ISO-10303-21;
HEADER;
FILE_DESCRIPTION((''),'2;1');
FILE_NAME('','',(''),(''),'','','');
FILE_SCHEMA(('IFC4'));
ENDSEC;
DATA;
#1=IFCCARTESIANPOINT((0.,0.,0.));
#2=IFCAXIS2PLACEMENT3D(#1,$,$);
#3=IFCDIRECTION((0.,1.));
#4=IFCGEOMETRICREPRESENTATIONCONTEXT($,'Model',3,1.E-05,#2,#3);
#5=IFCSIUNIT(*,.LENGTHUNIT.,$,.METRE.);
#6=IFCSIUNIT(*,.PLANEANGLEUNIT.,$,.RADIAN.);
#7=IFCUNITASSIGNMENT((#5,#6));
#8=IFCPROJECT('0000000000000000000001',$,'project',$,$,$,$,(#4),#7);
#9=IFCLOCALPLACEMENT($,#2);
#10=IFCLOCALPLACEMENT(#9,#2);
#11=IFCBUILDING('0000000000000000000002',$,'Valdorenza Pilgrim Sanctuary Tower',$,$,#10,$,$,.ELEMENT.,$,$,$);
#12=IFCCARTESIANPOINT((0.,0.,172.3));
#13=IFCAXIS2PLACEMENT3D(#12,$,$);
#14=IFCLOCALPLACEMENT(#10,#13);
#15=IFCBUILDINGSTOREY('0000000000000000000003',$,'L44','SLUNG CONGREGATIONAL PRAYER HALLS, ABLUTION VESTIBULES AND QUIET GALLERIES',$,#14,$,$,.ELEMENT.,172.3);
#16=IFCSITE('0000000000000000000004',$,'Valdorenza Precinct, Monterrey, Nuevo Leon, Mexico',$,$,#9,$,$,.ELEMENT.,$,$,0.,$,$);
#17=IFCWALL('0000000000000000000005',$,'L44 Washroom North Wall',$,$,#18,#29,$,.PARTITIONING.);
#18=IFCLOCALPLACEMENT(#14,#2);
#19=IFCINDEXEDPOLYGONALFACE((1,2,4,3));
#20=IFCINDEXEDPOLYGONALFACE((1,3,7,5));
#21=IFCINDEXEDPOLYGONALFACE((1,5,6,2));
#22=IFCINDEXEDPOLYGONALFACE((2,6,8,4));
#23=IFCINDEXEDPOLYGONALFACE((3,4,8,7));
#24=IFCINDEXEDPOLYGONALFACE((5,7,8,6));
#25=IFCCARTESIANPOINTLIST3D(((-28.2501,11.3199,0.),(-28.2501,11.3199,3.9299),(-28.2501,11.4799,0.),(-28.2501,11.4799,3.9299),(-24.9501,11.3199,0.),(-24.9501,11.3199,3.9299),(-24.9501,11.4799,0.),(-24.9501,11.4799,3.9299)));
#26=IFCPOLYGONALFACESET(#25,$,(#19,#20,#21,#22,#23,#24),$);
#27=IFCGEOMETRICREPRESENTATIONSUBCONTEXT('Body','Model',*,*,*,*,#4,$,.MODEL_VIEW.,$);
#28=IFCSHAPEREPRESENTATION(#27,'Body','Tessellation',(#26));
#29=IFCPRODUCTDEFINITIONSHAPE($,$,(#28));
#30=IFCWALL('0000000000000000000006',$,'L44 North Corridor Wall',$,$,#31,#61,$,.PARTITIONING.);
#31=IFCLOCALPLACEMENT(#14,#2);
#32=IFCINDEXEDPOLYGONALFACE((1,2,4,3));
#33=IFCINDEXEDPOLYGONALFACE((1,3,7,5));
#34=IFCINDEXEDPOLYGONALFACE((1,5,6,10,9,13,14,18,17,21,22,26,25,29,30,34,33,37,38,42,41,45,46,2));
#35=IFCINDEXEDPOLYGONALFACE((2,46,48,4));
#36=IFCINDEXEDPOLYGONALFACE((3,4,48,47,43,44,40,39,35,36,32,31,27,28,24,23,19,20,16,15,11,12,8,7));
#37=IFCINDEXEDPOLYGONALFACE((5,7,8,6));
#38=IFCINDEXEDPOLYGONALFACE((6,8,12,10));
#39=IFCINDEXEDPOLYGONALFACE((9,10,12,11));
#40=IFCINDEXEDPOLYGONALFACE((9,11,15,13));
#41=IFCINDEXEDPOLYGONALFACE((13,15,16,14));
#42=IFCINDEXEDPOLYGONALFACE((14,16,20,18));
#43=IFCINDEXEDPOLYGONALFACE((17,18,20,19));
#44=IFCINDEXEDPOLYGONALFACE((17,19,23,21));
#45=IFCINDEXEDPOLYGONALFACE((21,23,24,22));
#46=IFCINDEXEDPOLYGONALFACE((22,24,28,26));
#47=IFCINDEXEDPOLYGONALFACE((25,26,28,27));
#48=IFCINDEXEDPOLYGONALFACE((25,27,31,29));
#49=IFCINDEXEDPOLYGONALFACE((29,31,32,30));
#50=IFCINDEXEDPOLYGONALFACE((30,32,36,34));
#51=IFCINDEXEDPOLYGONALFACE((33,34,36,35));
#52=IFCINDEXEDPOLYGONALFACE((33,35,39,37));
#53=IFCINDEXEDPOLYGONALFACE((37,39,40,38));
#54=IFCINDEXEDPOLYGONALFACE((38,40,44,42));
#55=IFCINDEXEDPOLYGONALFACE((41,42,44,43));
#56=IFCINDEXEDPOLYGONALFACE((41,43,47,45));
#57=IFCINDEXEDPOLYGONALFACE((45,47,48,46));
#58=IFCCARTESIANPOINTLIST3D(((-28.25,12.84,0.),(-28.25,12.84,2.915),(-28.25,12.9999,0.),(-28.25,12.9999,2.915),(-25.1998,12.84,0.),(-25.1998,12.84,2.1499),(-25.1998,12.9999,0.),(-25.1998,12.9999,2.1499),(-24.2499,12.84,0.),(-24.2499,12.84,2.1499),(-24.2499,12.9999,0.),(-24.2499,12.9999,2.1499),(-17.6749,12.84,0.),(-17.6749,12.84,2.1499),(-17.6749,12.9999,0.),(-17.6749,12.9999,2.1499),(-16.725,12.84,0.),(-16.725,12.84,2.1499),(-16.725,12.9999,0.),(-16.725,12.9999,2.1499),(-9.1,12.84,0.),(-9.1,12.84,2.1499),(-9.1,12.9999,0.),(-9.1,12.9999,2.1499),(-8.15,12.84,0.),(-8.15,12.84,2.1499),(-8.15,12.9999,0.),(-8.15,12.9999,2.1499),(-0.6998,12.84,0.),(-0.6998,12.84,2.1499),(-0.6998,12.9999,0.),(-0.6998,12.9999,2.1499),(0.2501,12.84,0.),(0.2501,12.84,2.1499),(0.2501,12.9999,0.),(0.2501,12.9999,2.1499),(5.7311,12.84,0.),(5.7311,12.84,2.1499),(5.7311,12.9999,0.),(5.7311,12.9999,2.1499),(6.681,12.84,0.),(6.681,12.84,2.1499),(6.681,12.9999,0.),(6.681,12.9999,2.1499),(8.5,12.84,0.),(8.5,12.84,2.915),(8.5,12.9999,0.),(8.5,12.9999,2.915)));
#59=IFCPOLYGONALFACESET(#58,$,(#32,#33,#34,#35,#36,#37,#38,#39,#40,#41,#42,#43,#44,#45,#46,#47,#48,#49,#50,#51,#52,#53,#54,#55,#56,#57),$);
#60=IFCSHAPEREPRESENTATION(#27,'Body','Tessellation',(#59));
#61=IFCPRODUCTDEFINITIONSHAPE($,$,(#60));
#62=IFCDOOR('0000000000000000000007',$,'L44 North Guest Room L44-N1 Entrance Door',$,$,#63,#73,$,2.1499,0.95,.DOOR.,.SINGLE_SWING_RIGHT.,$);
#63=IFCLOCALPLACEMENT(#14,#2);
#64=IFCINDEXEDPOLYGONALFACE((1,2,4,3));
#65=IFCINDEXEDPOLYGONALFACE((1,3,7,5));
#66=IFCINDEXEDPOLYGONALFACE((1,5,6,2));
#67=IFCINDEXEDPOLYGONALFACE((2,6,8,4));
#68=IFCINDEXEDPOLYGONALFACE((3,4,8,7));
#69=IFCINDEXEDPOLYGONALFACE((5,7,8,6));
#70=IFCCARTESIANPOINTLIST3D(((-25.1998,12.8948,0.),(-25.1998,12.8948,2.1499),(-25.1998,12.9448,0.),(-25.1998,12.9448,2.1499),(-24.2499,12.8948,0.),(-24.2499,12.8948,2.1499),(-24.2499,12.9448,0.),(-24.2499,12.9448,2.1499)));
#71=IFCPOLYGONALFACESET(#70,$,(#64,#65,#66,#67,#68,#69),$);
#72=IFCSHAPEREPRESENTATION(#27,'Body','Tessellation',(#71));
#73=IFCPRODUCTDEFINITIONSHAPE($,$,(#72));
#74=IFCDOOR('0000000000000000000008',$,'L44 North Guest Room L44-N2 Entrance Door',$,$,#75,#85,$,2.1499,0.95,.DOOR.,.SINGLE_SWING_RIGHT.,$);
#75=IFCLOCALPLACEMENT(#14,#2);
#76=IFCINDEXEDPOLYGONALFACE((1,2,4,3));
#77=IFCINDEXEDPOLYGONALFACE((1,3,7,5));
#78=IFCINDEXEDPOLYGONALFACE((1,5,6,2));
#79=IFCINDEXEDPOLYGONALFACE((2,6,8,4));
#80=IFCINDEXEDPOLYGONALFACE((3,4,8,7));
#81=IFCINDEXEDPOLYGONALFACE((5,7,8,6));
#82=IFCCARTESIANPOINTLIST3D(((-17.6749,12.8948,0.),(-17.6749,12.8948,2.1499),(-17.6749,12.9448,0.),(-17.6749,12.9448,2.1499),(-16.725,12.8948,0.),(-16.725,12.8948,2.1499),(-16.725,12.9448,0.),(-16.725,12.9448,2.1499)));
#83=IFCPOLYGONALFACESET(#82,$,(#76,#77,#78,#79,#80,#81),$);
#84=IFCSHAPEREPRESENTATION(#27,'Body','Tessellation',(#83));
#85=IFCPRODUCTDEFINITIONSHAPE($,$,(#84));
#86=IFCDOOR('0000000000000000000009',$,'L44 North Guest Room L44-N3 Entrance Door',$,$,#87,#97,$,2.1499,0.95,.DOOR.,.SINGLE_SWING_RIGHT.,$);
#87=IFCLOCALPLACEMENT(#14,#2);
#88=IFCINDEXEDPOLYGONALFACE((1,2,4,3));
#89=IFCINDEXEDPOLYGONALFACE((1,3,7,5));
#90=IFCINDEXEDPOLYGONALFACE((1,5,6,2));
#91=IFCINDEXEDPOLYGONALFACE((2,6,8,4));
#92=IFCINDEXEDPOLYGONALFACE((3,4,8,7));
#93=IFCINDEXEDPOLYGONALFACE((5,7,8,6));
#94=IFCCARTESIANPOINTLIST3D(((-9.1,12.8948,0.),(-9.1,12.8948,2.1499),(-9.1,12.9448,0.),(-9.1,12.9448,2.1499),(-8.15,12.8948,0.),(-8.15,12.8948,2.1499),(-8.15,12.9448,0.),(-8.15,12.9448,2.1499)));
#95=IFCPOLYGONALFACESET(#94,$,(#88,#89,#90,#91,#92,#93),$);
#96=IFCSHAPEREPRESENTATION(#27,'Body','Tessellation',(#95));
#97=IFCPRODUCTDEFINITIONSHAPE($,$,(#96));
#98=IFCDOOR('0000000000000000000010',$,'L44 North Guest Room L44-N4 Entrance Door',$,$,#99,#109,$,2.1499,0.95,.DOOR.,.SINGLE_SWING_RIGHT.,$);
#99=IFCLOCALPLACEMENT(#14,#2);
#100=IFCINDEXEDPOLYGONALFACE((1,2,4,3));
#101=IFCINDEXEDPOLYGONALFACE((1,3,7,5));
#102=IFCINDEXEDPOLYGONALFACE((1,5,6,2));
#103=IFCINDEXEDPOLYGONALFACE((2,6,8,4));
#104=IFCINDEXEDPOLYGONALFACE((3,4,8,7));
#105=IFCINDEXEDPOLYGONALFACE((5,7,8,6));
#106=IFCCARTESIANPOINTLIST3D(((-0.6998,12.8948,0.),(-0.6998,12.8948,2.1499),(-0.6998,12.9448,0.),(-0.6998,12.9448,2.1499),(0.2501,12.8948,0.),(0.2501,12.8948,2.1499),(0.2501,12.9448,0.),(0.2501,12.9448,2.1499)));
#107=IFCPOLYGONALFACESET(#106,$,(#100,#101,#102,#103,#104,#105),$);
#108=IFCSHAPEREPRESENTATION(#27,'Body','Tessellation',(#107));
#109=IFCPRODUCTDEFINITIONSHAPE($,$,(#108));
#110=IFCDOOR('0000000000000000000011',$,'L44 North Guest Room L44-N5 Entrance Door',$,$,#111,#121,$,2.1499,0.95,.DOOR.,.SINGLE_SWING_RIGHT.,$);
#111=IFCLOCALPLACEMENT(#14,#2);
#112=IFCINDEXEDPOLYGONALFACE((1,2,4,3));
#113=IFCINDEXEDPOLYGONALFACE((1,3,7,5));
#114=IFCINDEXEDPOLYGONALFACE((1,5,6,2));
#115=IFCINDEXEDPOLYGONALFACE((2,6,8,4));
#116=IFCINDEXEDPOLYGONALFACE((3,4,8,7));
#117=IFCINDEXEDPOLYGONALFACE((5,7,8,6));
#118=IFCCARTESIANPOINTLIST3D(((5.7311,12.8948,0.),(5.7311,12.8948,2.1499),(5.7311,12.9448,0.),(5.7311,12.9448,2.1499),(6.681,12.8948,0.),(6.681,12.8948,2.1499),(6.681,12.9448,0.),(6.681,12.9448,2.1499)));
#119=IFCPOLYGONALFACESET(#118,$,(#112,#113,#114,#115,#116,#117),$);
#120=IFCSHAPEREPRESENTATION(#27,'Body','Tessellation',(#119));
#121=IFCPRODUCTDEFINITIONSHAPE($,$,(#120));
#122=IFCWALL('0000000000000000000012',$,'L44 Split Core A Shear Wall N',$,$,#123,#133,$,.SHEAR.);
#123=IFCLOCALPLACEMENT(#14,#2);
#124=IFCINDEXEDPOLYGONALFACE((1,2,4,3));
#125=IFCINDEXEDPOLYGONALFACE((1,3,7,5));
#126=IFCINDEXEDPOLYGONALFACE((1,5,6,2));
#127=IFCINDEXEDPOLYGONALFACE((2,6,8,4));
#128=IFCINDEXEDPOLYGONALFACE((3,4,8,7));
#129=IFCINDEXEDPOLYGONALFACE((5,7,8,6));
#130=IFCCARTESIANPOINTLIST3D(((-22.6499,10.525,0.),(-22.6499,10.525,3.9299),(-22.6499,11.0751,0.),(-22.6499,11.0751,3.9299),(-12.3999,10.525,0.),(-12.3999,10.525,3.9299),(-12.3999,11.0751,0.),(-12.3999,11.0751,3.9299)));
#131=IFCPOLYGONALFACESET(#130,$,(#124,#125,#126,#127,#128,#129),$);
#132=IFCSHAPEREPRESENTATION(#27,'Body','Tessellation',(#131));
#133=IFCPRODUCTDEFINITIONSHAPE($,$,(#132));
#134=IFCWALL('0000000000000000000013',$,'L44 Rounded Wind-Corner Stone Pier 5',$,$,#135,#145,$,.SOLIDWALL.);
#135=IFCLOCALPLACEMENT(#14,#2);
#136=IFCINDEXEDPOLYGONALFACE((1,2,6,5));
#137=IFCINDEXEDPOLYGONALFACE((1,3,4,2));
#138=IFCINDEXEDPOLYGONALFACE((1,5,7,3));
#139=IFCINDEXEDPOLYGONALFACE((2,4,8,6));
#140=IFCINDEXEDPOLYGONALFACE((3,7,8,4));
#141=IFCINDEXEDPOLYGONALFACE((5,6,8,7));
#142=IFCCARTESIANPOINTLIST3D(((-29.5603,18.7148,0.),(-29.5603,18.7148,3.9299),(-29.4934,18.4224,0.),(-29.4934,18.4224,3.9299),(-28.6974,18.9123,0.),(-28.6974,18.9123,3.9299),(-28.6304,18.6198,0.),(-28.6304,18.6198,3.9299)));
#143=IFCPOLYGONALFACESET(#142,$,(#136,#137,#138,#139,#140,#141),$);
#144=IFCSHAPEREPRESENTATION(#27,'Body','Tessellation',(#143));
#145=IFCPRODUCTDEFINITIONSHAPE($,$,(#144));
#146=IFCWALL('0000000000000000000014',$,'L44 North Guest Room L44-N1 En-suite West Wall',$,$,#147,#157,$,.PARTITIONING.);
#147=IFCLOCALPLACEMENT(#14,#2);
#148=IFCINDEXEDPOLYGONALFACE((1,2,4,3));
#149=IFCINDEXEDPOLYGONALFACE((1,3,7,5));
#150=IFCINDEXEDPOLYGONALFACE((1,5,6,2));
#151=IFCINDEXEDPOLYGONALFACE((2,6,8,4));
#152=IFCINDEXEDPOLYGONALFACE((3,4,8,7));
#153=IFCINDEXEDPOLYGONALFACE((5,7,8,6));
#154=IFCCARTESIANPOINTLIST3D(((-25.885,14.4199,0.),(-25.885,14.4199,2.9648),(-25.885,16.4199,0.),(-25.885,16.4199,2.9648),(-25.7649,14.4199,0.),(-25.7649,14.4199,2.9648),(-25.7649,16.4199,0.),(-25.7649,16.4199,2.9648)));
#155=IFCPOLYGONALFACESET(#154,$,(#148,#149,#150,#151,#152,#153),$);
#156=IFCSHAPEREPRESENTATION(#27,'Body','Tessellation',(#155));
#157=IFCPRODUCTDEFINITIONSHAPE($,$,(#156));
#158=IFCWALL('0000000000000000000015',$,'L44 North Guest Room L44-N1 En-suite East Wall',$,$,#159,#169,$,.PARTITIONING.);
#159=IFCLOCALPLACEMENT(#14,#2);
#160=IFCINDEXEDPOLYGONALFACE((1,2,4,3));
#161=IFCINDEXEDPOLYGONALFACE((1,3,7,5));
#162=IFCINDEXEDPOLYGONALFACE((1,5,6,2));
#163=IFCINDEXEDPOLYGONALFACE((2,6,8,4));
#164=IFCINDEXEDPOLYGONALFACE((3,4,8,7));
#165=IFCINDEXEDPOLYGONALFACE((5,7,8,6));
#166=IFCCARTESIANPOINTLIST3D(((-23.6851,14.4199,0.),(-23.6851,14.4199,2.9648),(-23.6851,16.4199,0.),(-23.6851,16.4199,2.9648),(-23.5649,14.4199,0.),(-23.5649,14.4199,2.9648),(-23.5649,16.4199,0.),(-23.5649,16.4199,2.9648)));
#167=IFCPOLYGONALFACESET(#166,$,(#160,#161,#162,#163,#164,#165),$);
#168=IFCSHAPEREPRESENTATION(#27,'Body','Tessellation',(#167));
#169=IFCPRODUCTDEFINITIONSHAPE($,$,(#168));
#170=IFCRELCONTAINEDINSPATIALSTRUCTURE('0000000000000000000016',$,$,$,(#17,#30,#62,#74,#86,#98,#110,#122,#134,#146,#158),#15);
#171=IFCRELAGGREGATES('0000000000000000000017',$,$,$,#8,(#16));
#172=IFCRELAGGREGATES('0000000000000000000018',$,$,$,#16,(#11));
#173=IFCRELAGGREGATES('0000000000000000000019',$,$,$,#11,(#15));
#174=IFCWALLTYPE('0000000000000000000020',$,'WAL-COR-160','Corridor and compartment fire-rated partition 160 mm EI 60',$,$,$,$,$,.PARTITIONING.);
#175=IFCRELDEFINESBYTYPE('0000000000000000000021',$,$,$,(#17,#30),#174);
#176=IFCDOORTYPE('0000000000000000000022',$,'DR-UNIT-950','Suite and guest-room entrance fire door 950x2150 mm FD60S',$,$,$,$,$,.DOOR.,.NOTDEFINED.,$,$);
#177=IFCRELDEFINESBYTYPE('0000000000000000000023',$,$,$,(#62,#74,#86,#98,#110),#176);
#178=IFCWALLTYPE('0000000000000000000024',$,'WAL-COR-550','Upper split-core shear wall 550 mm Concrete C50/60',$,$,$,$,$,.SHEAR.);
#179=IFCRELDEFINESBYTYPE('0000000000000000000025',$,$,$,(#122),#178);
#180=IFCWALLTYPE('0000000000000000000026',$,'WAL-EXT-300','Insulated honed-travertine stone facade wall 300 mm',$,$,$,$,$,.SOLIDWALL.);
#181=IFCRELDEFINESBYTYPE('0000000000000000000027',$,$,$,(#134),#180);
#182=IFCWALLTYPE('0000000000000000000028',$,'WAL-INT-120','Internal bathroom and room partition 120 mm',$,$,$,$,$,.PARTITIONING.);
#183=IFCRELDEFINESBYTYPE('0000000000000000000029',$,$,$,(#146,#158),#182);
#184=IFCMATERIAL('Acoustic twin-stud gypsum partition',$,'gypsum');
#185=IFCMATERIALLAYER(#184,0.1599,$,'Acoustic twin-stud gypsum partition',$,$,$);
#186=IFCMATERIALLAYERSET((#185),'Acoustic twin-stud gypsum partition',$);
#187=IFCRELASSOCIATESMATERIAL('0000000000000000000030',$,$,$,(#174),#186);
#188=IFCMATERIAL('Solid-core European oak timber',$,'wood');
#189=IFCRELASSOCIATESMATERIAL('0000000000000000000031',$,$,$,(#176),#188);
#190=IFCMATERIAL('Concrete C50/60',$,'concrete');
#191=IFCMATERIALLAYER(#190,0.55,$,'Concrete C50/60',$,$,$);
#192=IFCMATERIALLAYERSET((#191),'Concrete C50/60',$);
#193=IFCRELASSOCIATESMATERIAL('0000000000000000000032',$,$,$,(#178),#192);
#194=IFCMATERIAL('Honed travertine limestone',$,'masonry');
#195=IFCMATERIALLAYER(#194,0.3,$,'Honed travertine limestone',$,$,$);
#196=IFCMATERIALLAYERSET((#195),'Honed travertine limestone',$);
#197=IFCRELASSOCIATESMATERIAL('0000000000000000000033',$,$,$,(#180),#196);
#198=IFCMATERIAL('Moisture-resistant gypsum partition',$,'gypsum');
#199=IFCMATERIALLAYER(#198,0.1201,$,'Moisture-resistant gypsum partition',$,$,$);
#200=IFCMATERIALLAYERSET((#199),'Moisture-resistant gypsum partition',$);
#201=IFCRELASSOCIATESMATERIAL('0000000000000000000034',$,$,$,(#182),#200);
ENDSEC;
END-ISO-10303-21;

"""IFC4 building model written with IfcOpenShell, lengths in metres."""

from ifc_helpers import new_model, si_unit, direction, frame, frame_2d, origin, place, context, subcontext, project, spatial, rectangle, extrude, material, layer, layer_set, type_object, element, fill, save


model = new_model("IFC4")

# Units and contexts
model_context = context("Model", 3, precision=1e-05, world=origin(), true_north=direction((0.0, 1.0)))
body_context = subcontext(model_context, "Body", "Model", "MODEL_VIEW")
ifc_project = project(units=[si_unit("LENGTHUNIT", "METRE"), si_unit("PLANEANGLEUNIT", "RADIAN")], contexts=[model_context])

# Site, building, storey
site_placement = place(None, origin())
site = spatial("IfcSite", under=ifc_project, at=site_placement, Name="Valdorenza Precinct, Monterrey, Nuevo Leon, Mexico", CompositionType="ELEMENT", RefElevation=0.0)
building_placement = place(site_placement, origin())
building = spatial("IfcBuilding", under=site, at=building_placement, Name="Valdorenza Pilgrim Sanctuary Tower", CompositionType="ELEMENT")
storey_placement = place(building_placement, frame((0.0, 0.0, 172.3)))
storey = spatial("IfcBuildingStorey", under=building, at=storey_placement, Name="L44", Description="SLUNG CONGREGATIONAL PRAYER HALLS, ABLUTION VESTIBULES AND QUIET GALLERIES", CompositionType="ELEMENT", Elevation=172.3)

# Shared definitions
ifc_material_1 = material(Name="Concrete C50/60", Category="concrete")

# Shared definitions
ifc_material_2 = material(Name="Honed travertine limestone", Category="masonry")

# Wall
ifc_material_3 = material(Name="Acoustic twin-stud gypsum partition", Category="gypsum")
ifc_layer_1 = layer(ifc_material_3, 0.1599, Name="Acoustic twin-stud gypsum partition")
ifc_layer_set_1 = layer_set([ifc_layer_1], Name="Acoustic twin-stud gypsum partition")
wall_type_1 = type_object("IfcWallType", Name="WAL-COR-160", Description="Corridor and compartment fire-rated partition 160 mm EI 60", PredefinedType="PARTITIONING", material=ifc_layer_set_1)
wall_1_placement = place(storey_placement, frame((-28.25, 11.3999, 0.0), z_axis=(0.0, 0.0, 1.0), x_axis=(1.0, 0.0, 0.0)))
element("IfcWall", 1, at=wall_1_placement, inside=storey, type_object=wall_type_1, Name="L44 Washroom North Wall", PredefinedType="PARTITIONING", context=body_context, shape_type="SweptSolid", body=[
    extrude(rectangle(XDim=3.3, YDim=0.1599, at=frame_2d((1.6499, 0.0))), origin(), (0.0, 0.0, 1.0), 3.9299),
])

# Wall, openings, doors
wall_2_placement = place(storey_placement, frame((-28.25, 12.9199, 0.0), z_axis=(0.0, 0.0, 1.0), x_axis=(1.0, 0.0, 0.0)))
wall_2 = element("IfcWall", 2, at=wall_2_placement, inside=storey, type_object=wall_type_1, Name="L44 North Corridor Wall", PredefinedType="PARTITIONING", context=body_context, shape_type="SweptSolid", body=[
    extrude(rectangle(XDim=36.75, YDim=0.1599, at=frame_2d((18.375, 0.0))), origin(), (0.0, 0.0, 1.0), 2.915),
])
opening_1_placement = place(wall_2_placement, frame((3.05, 0.0, 0.0)))
opening_1 = element("IfcOpeningElement", 3, at=opening_1_placement, cuts=wall_2, PredefinedType="OPENING", context=body_context, shape_type="SweptSolid", body=[
    extrude(rectangle(XDim=0.95, YDim=2.1499, at=frame_2d((0.4751, 1.075))), frame((0.0, 0.0947, 0.0), z_axis=(0.0, -1.0, 0.0), x_axis=(1.0, 0.0, 0.0)), (0.0, 0.0, 1.0), 0.1897),
])
opening_2_placement = place(wall_2_placement, frame((10.575, 0.0, 0.0)))
opening_2 = element("IfcOpeningElement", 4, at=opening_2_placement, cuts=wall_2, PredefinedType="OPENING", context=body_context, shape_type="SweptSolid", body=[
    extrude(rectangle(XDim=0.95, YDim=2.1499, at=frame_2d((0.4751, 1.075))), frame((0.0, 0.0947, 0.0), z_axis=(0.0, -1.0, 0.0), x_axis=(1.0, 0.0, 0.0)), (0.0, 0.0, 1.0), 0.1897),
])
opening_3_placement = place(wall_2_placement, frame((19.1499, 0.0, 0.0)))
opening_3 = element("IfcOpeningElement", 5, at=opening_3_placement, cuts=wall_2, PredefinedType="OPENING", context=body_context, shape_type="SweptSolid", body=[
    extrude(rectangle(XDim=0.95, YDim=2.1499, at=frame_2d((0.4751, 1.075))), frame((0.0, 0.0947, 0.0), z_axis=(0.0, -1.0, 0.0), x_axis=(1.0, 0.0, 0.0)), (0.0, 0.0, 1.0), 0.1897),
])
opening_4_placement = place(wall_2_placement, frame((27.55, 0.0, 0.0)))
opening_4 = element("IfcOpeningElement", 6, at=opening_4_placement, cuts=wall_2, PredefinedType="OPENING", context=body_context, shape_type="SweptSolid", body=[
    extrude(rectangle(XDim=0.95, YDim=2.1499, at=frame_2d((0.4751, 1.075))), frame((0.0, 0.0947, 0.0), z_axis=(0.0, -1.0, 0.0), x_axis=(1.0, 0.0, 0.0)), (0.0, 0.0, 1.0), 0.1897),
])
opening_5_placement = place(wall_2_placement, frame((33.981, 0.0, 0.0)))
opening_5 = element("IfcOpeningElement", 7, at=opening_5_placement, cuts=wall_2, PredefinedType="OPENING", context=body_context, shape_type="SweptSolid", body=[
    extrude(rectangle(XDim=0.95, YDim=2.1499, at=frame_2d((0.4751, 1.075))), frame((0.0, 0.0947, 0.0), z_axis=(0.0, -1.0, 0.0), x_axis=(1.0, 0.0, 0.0)), (0.0, 0.0, 1.0), 0.1897),
])
ifc_material_4 = material(Name="Solid-core European oak timber", Category="wood")
door_type_1 = type_object("IfcDoorType", Name="DR-UNIT-950", Description="Suite and guest-room entrance fire door 950x2150 mm FD60S", OperationType="NOTDEFINED", PredefinedType="DOOR", material=ifc_material_4)
door_1_placement = place(opening_1_placement, origin())
door_1 = element("IfcDoor", 8, at=door_1_placement, inside=storey, type_object=door_type_1, Name="L44 North Guest Room L44-N1 Entrance Door", OperationType="SINGLE_SWING_RIGHT", OverallHeight=2.1499, OverallWidth=0.95, PredefinedType="DOOR", context=body_context, shape_type="SweptSolid", body=[
    extrude(rectangle(XDim=0.95, YDim=2.1499, at=frame_2d((0.4751, 1.075))), frame((0.0, 0.0249, 0.0), z_axis=(0.0, -1.0, 0.0), x_axis=(1.0, 0.0, 0.0)), (0.0, 0.0, 1.0), 0.05),
])
fill(opening_1, door_1)
door_2_placement = place(opening_2_placement, origin())
door_2 = element("IfcDoor", 9, at=door_2_placement, inside=storey, type_object=door_type_1, Name="L44 North Guest Room L44-N2 Entrance Door", OperationType="SINGLE_SWING_RIGHT", OverallHeight=2.1499, OverallWidth=0.95, PredefinedType="DOOR", context=body_context, shape_type="SweptSolid", body=[
    extrude(rectangle(XDim=0.95, YDim=2.1499, at=frame_2d((0.4751, 1.075))), frame((0.0, 0.0249, 0.0), z_axis=(0.0, -1.0, 0.0), x_axis=(1.0, 0.0, 0.0)), (0.0, 0.0, 1.0), 0.05),
])
fill(opening_2, door_2)
door_3_placement = place(opening_3_placement, origin())
door_3 = element("IfcDoor", 10, at=door_3_placement, inside=storey, type_object=door_type_1, Name="L44 North Guest Room L44-N3 Entrance Door", OperationType="SINGLE_SWING_RIGHT", OverallHeight=2.1499, OverallWidth=0.95, PredefinedType="DOOR", context=body_context, shape_type="SweptSolid", body=[
    extrude(rectangle(XDim=0.95, YDim=2.1499, at=frame_2d((0.4751, 1.075))), frame((0.0, 0.0249, 0.0), z_axis=(0.0, -1.0, 0.0), x_axis=(1.0, 0.0, 0.0)), (0.0, 0.0, 1.0), 0.05),
])
fill(opening_3, door_3)
door_4_placement = place(opening_4_placement, origin())
door_4 = element("IfcDoor", 11, at=door_4_placement, inside=storey, type_object=door_type_1, Name="L44 North Guest Room L44-N4 Entrance Door", OperationType="SINGLE_SWING_RIGHT", OverallHeight=2.1499, OverallWidth=0.95, PredefinedType="DOOR", context=body_context, shape_type="SweptSolid", body=[
    extrude(rectangle(XDim=0.95, YDim=2.1499, at=frame_2d((0.4751, 1.075))), frame((0.0, 0.0249, 0.0), z_axis=(0.0, -1.0, 0.0), x_axis=(1.0, 0.0, 0.0)), (0.0, 0.0, 1.0), 0.05),
])
fill(opening_4, door_4)
door_5_placement = place(opening_5_placement, origin())
door_5 = element("IfcDoor", 12, at=door_5_placement, inside=storey, type_object=door_type_1, Name="L44 North Guest Room L44-N5 Entrance Door", OperationType="SINGLE_SWING_RIGHT", OverallHeight=2.1499, OverallWidth=0.95, PredefinedType="DOOR", context=body_context, shape_type="SweptSolid", body=[
    extrude(rectangle(XDim=0.95, YDim=2.1499, at=frame_2d((0.4751, 1.075))), frame((0.0, 0.0249, 0.0), z_axis=(0.0, -1.0, 0.0), x_axis=(1.0, 0.0, 0.0)), (0.0, 0.0, 1.0), 0.05),
])
fill(opening_5, door_5)

# Walls
ifc_layer_2 = layer(ifc_material_1, 0.55, Name="Concrete C50/60")
ifc_layer_set_2 = layer_set([ifc_layer_2], Name="Concrete C50/60")
wall_type_2 = type_object("IfcWallType", Name="WAL-COR-550", Description="Upper split-core shear wall 550 mm Concrete C50/60", PredefinedType="SHEAR", material=ifc_layer_set_2)
wall_3_placement = place(storey_placement, frame((-22.6499, 10.8, 0.0), z_axis=(0.0, 0.0, 1.0), x_axis=(1.0, 0.0, 0.0)))
element("IfcWall", 13, at=wall_3_placement, inside=storey, type_object=wall_type_2, Name="L44 Split Core A Shear Wall N", PredefinedType="SHEAR", context=body_context, shape_type="SweptSolid", body=[
    extrude(rectangle(XDim=10.25, YDim=0.55, at=frame_2d((5.125, 0.0))), origin(), (0.0, 0.0, 1.0), 3.9299),
])
ifc_layer_3 = layer(ifc_material_2, 0.3, Name="Honed travertine limestone")
ifc_layer_set_3 = layer_set([ifc_layer_3], Name="Honed travertine limestone")
wall_type_3 = type_object("IfcWallType", Name="WAL-EXT-300", Description="Insulated honed-travertine stone facade wall 300 mm", PredefinedType="SOLIDWALL", material=ifc_layer_set_3)
wall_4_placement = place(storey_placement, frame((-29.5269, 18.5686, 0.0), z_axis=(0.0, 0.0, 1.0), x_axis=(0.974799, 0.223087, 0.0)))
element("IfcWall", 14, at=wall_4_placement, inside=storey, type_object=wall_type_3, Name="L44 Rounded Wind-Corner Stone Pier 5", PredefinedType="SOLIDWALL", context=body_context, shape_type="SweptSolid", body=[
    extrude(rectangle(XDim=0.8853, YDim=0.3, at=frame_2d((0.4426, 0.0))), origin(), (0.0, 0.0, 1.0), 3.9299),
])
ifc_material_5 = material(Name="Moisture-resistant gypsum partition", Category="gypsum")
ifc_layer_4 = layer(ifc_material_5, 0.1201, Name="Moisture-resistant gypsum partition")
ifc_layer_set_4 = layer_set([ifc_layer_4], Name="Moisture-resistant gypsum partition")
wall_type_4 = type_object("IfcWallType", Name="WAL-INT-120", Description="Internal bathroom and room partition 120 mm", PredefinedType="PARTITIONING", material=ifc_layer_set_4)
for number, where, z_axis, x_axis, name in (
    (15, (-25.825, 14.4199, 0.0), (0.0, 0.0, 1.0), (0.0, 1.0, 0.0), "L44 North Guest Room L44-N1 En-suite West Wall"),
    (16, (-23.625, 14.4199, 0.0), (0.0, 0.0, 1.0), (0.0, 1.0, 0.0), "L44 North Guest Room L44-N1 En-suite East Wall"),
):
    element("IfcWall", number, at=place(storey_placement, frame(where, z_axis=z_axis, x_axis=x_axis)), inside=storey, type_object=wall_type_4, Name=name, PredefinedType="PARTITIONING", context=body_context, shape_type="SweptSolid", body=[
        extrude(rectangle(XDim=2.0, YDim=0.1201, at=frame_2d((1.0, 0.0))), origin(), (0.0, 0.0, 1.0), 2.9648),
    ])

save(model, "model.ifc")
